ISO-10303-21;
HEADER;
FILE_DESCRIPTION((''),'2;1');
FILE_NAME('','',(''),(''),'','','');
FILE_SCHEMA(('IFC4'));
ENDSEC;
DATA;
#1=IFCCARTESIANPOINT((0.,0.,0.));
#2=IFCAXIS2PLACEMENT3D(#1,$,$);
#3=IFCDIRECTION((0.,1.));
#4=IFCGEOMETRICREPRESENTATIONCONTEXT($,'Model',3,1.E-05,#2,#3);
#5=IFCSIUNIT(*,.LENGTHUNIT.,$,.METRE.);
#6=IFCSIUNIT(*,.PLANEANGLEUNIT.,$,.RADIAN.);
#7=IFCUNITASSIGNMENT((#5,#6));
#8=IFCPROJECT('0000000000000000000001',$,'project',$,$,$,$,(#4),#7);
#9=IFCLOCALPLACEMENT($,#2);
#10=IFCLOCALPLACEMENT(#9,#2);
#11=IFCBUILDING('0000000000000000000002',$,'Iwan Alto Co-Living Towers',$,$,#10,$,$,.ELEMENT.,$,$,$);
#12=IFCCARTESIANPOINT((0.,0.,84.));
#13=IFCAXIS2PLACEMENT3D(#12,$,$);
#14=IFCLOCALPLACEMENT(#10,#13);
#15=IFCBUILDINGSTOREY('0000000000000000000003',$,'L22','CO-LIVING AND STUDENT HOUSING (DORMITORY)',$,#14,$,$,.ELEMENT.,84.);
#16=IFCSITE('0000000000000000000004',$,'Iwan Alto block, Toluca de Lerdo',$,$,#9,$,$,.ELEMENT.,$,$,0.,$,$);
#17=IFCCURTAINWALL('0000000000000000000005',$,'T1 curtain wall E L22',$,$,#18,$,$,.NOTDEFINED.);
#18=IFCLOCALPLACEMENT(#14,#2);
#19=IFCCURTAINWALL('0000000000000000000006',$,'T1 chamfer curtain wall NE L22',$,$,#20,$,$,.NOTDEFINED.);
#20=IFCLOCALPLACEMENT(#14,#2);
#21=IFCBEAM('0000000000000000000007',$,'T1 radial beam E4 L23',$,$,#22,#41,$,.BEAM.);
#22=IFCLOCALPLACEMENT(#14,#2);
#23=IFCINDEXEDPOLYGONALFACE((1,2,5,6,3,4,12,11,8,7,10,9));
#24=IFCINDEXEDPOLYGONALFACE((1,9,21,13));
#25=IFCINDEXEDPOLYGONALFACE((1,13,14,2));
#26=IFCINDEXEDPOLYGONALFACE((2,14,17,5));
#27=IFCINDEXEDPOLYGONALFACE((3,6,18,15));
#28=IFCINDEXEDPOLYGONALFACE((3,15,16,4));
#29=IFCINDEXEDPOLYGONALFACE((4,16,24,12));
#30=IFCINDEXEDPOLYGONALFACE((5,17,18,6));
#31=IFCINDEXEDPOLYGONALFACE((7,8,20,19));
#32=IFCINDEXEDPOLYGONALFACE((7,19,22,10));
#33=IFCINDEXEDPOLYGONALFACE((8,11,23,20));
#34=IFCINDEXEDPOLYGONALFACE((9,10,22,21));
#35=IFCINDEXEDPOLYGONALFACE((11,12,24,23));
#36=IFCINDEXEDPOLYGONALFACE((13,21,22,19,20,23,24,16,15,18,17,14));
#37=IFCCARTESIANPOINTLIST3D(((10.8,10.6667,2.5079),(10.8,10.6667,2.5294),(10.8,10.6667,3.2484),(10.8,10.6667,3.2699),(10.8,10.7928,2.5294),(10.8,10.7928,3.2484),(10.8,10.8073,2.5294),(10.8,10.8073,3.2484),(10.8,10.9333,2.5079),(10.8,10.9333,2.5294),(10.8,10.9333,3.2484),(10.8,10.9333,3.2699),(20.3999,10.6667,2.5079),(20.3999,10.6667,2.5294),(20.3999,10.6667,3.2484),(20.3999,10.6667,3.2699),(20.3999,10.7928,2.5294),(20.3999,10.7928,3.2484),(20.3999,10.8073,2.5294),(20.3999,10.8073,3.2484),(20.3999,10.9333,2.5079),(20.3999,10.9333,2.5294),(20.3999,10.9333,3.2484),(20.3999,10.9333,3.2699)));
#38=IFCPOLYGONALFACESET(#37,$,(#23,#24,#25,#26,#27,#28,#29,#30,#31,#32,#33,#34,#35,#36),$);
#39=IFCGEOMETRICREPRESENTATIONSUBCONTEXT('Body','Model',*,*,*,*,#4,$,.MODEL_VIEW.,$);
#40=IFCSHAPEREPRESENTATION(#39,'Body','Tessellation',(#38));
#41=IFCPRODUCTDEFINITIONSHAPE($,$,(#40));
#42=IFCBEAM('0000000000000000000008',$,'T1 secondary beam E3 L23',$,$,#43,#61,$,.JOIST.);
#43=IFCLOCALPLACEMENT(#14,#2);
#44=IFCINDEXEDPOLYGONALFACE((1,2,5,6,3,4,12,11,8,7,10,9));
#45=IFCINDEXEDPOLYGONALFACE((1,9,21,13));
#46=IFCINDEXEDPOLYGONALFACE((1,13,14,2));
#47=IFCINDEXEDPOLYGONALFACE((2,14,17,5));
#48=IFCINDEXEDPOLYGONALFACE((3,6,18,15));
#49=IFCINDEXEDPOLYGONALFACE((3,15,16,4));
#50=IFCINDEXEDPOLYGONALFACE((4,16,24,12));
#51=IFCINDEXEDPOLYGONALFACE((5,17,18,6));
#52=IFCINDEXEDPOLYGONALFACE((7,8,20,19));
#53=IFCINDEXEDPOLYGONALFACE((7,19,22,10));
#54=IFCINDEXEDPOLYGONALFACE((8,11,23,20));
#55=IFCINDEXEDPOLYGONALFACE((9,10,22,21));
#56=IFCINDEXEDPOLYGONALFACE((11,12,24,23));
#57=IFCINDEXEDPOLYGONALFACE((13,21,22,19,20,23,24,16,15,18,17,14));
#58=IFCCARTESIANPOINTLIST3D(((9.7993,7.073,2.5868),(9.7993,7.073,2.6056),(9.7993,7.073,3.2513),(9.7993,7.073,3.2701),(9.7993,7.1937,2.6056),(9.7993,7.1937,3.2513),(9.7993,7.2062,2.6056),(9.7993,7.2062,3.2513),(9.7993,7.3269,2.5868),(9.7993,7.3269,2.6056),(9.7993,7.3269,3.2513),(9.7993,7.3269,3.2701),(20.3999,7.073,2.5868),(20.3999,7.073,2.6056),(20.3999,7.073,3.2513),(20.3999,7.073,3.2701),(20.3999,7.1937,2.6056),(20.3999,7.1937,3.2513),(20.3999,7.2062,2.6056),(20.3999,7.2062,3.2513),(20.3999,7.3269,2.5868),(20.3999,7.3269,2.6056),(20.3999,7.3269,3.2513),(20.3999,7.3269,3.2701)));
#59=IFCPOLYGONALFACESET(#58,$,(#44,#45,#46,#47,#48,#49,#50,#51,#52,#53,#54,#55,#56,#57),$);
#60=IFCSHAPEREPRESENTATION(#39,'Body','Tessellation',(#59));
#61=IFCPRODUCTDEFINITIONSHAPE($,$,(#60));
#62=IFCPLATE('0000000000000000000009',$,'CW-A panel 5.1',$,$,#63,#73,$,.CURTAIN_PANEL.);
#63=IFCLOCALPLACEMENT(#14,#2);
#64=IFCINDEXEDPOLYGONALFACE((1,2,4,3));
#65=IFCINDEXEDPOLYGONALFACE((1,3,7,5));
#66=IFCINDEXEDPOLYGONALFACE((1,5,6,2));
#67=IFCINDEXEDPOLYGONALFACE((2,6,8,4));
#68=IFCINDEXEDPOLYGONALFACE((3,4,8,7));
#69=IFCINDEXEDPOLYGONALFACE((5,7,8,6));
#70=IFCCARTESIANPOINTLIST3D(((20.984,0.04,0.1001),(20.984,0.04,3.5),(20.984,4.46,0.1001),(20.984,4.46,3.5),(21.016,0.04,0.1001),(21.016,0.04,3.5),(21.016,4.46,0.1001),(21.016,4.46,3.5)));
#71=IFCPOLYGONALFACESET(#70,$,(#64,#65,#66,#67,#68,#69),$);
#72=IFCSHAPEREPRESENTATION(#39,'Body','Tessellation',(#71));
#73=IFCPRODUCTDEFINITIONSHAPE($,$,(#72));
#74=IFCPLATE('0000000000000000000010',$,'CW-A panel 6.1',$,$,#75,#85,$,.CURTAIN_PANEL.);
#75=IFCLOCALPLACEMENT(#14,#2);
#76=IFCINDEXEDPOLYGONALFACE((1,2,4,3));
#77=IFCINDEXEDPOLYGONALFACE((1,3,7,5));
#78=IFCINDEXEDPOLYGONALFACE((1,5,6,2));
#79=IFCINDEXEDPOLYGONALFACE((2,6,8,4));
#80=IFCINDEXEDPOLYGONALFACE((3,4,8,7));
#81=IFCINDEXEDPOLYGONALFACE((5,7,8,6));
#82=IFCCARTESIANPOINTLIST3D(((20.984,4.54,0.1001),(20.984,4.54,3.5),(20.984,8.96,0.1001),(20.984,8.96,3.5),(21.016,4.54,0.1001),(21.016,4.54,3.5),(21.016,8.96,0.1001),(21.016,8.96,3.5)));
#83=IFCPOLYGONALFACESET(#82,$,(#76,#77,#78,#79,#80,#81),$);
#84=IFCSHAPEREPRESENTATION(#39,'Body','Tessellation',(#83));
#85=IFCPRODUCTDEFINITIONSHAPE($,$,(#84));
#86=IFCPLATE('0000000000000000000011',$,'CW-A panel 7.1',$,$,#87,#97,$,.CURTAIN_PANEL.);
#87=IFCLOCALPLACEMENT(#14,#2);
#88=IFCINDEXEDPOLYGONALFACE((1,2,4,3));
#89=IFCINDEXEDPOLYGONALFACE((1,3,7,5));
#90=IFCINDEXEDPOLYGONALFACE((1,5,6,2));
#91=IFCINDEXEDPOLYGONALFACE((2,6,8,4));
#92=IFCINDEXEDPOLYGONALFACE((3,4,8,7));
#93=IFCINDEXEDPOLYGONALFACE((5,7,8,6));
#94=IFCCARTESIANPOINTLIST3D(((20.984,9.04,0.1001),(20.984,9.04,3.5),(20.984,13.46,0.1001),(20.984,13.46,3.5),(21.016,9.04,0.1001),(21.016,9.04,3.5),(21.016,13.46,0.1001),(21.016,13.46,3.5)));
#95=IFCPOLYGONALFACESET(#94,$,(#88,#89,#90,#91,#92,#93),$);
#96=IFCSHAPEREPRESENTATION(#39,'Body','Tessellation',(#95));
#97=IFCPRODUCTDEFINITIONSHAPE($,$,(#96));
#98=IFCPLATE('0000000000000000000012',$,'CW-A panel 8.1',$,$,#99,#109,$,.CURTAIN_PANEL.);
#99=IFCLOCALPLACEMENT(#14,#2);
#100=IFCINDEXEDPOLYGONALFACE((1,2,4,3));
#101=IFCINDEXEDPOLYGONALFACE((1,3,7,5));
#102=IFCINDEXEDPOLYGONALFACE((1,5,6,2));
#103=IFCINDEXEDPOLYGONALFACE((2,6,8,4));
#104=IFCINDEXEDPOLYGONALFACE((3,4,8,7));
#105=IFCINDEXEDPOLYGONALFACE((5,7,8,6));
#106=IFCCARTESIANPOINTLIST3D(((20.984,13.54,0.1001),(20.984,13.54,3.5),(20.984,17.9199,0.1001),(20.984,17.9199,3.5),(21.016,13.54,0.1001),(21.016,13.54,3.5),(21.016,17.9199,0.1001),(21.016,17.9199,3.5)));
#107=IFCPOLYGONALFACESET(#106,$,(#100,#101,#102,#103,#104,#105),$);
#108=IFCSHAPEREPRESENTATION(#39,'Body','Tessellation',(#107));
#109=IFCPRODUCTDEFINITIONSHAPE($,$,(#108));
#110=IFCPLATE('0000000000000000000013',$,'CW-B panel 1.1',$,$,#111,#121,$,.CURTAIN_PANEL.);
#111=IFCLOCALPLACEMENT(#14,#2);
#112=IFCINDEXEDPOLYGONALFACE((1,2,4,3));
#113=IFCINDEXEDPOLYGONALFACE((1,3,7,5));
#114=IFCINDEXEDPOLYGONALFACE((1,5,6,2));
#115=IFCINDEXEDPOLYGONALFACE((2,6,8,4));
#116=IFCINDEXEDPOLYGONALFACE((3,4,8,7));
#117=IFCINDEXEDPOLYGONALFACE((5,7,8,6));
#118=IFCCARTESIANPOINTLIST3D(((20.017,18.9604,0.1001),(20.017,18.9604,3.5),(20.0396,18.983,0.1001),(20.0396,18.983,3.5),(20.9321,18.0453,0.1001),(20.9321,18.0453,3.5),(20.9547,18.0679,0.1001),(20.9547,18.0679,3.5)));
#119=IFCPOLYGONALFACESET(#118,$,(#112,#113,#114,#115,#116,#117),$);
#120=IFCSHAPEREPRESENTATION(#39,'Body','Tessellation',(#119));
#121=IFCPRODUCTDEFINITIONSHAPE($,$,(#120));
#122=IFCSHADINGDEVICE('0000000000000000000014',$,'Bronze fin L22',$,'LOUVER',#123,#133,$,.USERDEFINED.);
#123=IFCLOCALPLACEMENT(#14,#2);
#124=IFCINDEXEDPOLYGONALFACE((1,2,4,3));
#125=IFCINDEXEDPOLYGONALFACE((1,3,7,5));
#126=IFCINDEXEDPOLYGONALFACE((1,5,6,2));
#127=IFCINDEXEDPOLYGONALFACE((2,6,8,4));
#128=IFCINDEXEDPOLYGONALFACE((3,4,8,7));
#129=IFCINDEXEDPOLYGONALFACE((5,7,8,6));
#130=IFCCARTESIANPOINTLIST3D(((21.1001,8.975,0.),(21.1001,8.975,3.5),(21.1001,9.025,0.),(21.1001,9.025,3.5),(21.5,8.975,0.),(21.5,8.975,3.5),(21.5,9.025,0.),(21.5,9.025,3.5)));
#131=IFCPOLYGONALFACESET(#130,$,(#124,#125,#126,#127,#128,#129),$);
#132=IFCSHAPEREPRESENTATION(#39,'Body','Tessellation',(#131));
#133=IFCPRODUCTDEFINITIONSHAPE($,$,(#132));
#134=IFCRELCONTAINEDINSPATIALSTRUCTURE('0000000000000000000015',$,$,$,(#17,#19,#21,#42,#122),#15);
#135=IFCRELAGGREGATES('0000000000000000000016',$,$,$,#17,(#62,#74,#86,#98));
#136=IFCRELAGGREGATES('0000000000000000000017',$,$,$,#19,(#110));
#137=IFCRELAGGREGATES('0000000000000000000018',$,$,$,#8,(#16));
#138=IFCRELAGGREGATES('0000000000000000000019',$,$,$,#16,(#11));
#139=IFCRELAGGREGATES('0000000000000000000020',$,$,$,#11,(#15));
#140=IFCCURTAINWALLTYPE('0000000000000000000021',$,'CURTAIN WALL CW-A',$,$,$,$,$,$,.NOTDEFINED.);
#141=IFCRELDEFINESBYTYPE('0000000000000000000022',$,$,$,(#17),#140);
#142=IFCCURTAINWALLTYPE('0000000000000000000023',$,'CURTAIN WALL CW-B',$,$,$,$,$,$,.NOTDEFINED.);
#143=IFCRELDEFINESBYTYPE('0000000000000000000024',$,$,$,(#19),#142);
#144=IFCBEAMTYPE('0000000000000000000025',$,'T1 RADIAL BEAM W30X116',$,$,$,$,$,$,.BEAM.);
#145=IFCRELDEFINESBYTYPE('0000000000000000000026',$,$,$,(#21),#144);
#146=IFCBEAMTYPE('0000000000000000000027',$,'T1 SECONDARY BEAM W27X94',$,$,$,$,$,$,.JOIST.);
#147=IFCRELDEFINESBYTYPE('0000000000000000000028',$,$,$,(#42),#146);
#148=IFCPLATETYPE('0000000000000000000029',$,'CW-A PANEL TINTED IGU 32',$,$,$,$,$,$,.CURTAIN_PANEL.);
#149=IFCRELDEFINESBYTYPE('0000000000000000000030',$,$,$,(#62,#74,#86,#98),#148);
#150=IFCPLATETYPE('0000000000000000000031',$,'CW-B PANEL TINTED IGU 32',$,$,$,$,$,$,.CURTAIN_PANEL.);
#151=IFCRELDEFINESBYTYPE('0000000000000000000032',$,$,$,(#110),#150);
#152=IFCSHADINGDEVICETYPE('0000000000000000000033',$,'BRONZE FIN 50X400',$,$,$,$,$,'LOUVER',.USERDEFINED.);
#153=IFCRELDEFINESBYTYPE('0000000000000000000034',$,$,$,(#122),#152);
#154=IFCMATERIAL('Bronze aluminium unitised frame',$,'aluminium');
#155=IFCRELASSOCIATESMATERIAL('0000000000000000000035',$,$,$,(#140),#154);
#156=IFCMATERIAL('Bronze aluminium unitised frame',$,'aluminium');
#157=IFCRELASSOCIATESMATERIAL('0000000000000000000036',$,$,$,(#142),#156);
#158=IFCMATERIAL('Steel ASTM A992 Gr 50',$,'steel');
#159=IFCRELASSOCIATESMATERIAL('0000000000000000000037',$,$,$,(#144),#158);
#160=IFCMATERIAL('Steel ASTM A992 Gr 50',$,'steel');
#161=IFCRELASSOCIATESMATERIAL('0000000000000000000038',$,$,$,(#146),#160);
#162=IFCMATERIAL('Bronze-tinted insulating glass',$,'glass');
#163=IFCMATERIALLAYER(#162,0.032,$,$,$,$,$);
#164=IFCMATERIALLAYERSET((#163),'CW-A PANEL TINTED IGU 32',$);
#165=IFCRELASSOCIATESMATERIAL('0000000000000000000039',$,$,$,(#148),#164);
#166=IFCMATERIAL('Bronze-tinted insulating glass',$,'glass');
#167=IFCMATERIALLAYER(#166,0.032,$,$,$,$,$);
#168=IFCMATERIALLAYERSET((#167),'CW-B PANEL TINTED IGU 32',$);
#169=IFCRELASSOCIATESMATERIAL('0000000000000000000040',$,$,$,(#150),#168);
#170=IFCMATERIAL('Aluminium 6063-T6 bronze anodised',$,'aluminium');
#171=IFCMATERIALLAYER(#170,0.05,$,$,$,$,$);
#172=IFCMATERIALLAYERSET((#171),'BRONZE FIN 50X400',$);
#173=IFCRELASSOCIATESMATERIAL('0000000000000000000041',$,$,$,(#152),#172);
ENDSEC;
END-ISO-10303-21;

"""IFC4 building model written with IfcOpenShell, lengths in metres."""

from ifc_helpers import new_model, si_unit, direction, frame, origin, origin_2d, place, context, subcontext, project, spatial, rectangle, i_section, extrude, material, layer, layer_set, material_profile, profile_set, type_object, element, aggregate, save


model = new_model("IFC4")

# Units and contexts
model_context = context("Model", 3, precision=1e-05, world=origin(), true_north=direction((0.0, 1.0)))
body_context = subcontext(model_context, "Body", "Model", "MODEL_VIEW")
ifc_project = project(units=[si_unit("LENGTHUNIT", "METRE"), si_unit("PLANEANGLEUNIT", "RADIAN")], contexts=[model_context])

# Site, building, storey
site_placement = place(None, origin())
site = spatial("IfcSite", under=ifc_project, at=site_placement, Name="Iwan Alto block, Toluca de Lerdo", CompositionType="ELEMENT", RefElevation=0.0)
building_placement = place(site_placement, origin())
building = spatial("IfcBuilding", under=site, at=building_placement, Name="Iwan Alto Co-Living Towers", CompositionType="ELEMENT")
storey_placement = place(building_placement, frame((0.0, 0.0, 84.0)))
storey = spatial("IfcBuildingStorey", under=building, at=storey_placement, Name="L22", Description="CO-LIVING AND STUDENT HOUSING (DORMITORY)", CompositionType="ELEMENT", Elevation=84.0)

# Curtain walls
ifc_material_1 = material(Name="Bronze aluminium unitised frame", Category="aluminium")
curtain_wall_type_1 = type_object("IfcCurtainWallType", Name="CURTAIN WALL CW-A", PredefinedType="NOTDEFINED", material=ifc_material_1)
curtain_wall_1_placement = place(storey_placement, origin())
curtain_wall_1 = element("IfcCurtainWall", 1, at=curtain_wall_1_placement, inside=storey, type_object=curtain_wall_type_1, Name="T1 curtain wall E L22", PredefinedType="NOTDEFINED")
ifc_material_2 = material(Name="Bronze aluminium unitised frame", Category="aluminium")
curtain_wall_type_2 = type_object("IfcCurtainWallType", Name="CURTAIN WALL CW-B", PredefinedType="NOTDEFINED", material=ifc_material_2)
curtain_wall_2_placement = place(storey_placement, origin())
curtain_wall_2 = element("IfcCurtainWall", 2, at=curtain_wall_2_placement, inside=storey, type_object=curtain_wall_type_2, Name="T1 chamfer curtain wall NE L22", PredefinedType="NOTDEFINED")

# Beams
ifc_material_3 = material(Name="Steel ASTM A992 Gr 50", Category="steel")
ifc_material_profile_1 = material_profile(ifc_material_3, i_section(OverallWidth=0.2666, OverallDepth=0.762, WebThickness=0.0144, FlangeThickness=0.0215, at=origin_2d()), Name="W30X116")
ifc_profile_set_1 = profile_set([ifc_material_profile_1], Name="Steel ASTM A992 Gr 50")
beam_type_1 = type_object("IfcBeamType", Name="T1 RADIAL BEAM W30X116", PredefinedType="BEAM", material=ifc_profile_set_1)
beam_1_placement = place(storey_placement, frame((20.3999, 10.8, 2.8889), z_axis=(-1.0, 0.0, 0.0), x_axis=(0.0, -1.0, 0.0)))
element("IfcBeam", 3, at=beam_1_placement, inside=storey, type_object=beam_type_1, Name="T1 radial beam E4 L23", PredefinedType="BEAM", context=body_context, shape_type="SweptSolid", body=[
    extrude(i_section(OverallWidth=0.2666, OverallDepth=0.762, WebThickness=0.0144, FlangeThickness=0.0215, at=origin_2d()), origin(), (0.0, 0.0, 1.0), 9.5999),
])
ifc_material_4 = material(Name="Steel ASTM A992 Gr 50", Category="steel")
ifc_material_profile_2 = material_profile(ifc_material_4, i_section(OverallWidth=0.2539, OverallDepth=0.6833, WebThickness=0.0125, FlangeThickness=0.0188, at=origin_2d()), Name="W27X94")
ifc_profile_set_2 = profile_set([ifc_material_profile_2], Name="Steel ASTM A992 Gr 50")
beam_type_2 = type_object("IfcBeamType", Name="T1 SECONDARY BEAM W27X94", PredefinedType="JOIST", material=ifc_profile_set_2)
beam_2_placement = place(storey_placement, frame((20.3999, 7.2, 2.9285), z_axis=(-1.0, 0.0, 0.0), x_axis=(0.0, -1.0, 0.0)))
element("IfcBeam", 4, at=beam_2_placement, inside=storey, type_object=beam_type_2, Name="T1 secondary beam E3 L23", PredefinedType="JOIST", context=body_context, shape_type="SweptSolid", body=[
    extrude(i_section(OverallWidth=0.2539, OverallDepth=0.6833, WebThickness=0.0125, FlangeThickness=0.0188, at=origin_2d()), origin(), (0.0, 0.0, 1.0), 10.6006),
])

# Plates
ifc_material_5 = material(Name="Bronze-tinted insulating glass", Category="glass")
ifc_layer_1 = layer(ifc_material_5, 0.032)
ifc_layer_set_1 = layer_set([ifc_layer_1], Name="CW-A PANEL TINTED IGU 32")
plate_type_1 = type_object("IfcPlateType", Name="CW-A PANEL TINTED IGU 32", PredefinedType="CURTAIN_PANEL", material=ifc_layer_set_1)
plate_1_placement = place(storey_placement, frame((21.0, 2.25, 0.1001), z_axis=(0.0, 0.0, 1.0), x_axis=(0.0, 1.0, 0.0)))
plate_1 = element("IfcPlate", 5, at=plate_1_placement, type_object=plate_type_1, Name="CW-A panel 5.1", PredefinedType="CURTAIN_PANEL", context=body_context, shape_type="SweptSolid", body=[
    extrude(rectangle(XDim=4.4199, YDim=0.032, at=origin_2d()), origin(), (0.0, 0.0, 1.0), 3.3999),
])
plate_2_placement = place(storey_placement, frame((21.0, 6.75, 0.1001), z_axis=(0.0, 0.0, 1.0), x_axis=(0.0, 1.0, 0.0)))
plate_2 = element("IfcPlate", 6, at=plate_2_placement, type_object=plate_type_1, Name="CW-A panel 6.1", PredefinedType="CURTAIN_PANEL", context=body_context, shape_type="SweptSolid", body=[
    extrude(rectangle(XDim=4.4199, YDim=0.032, at=origin_2d()), origin(), (0.0, 0.0, 1.0), 3.3999),
])
plate_3_placement = place(storey_placement, frame((21.0, 11.25, 0.1001), z_axis=(0.0, 0.0, 1.0), x_axis=(0.0, 1.0, 0.0)))
plate_3 = element("IfcPlate", 7, at=plate_3_placement, type_object=plate_type_1, Name="CW-A panel 7.1", PredefinedType="CURTAIN_PANEL", context=body_context, shape_type="SweptSolid", body=[
    extrude(rectangle(XDim=4.4199, YDim=0.032, at=origin_2d()), origin(), (0.0, 0.0, 1.0), 3.3999),
])
plate_4_placement = place(storey_placement, frame((21.0, 15.73, 0.1001), z_axis=(0.0, 0.0, 1.0), x_axis=(0.0, 1.0, 0.0)))
plate_4 = element("IfcPlate", 8, at=plate_4_placement, type_object=plate_type_1, Name="CW-A panel 8.1", PredefinedType="CURTAIN_PANEL", context=body_context, shape_type="SweptSolid", body=[
    extrude(rectangle(XDim=4.3799, YDim=0.032, at=origin_2d()), origin(), (0.0, 0.0, 1.0), 3.3999),
])
aggregate(curtain_wall_1, [plate_1, plate_2, plate_3, plate_4])
ifc_material_6 = material(Name="Bronze-tinted insulating glass", Category="glass")
ifc_layer_2 = layer(ifc_material_6, 0.032)
ifc_layer_set_2 = layer_set([ifc_layer_2], Name="CW-B PANEL TINTED IGU 32")
plate_type_2 = type_object("IfcPlateType", Name="CW-B PANEL TINTED IGU 32", PredefinedType="CURTAIN_PANEL", material=ifc_layer_set_2)
plate_5_placement = place(storey_placement, frame((20.4858, 18.5142, 0.1001), z_axis=(0.0, 0.0, 1.0), x_axis=(-0.707107, 0.707107, 0.0)))
plate_5 = element("IfcPlate", 9, at=plate_5_placement, type_object=plate_type_2, Name="CW-B panel 1.1", PredefinedType="CURTAIN_PANEL", context=body_context, shape_type="SweptSolid", body=[
    extrude(rectangle(XDim=1.2942, YDim=0.032, at=origin_2d()), origin(), (0.0, 0.0, 1.0), 3.3999),
])
aggregate(curtain_wall_2, [plate_5])

# Shading device
ifc_material_7 = material(Name="Aluminium 6063-T6 bronze anodised", Category="aluminium")
ifc_layer_3 = layer(ifc_material_7, 0.05)
ifc_layer_set_3 = layer_set([ifc_layer_3], Name="BRONZE FIN 50X400")
shading_device_type = type_object("IfcShadingDeviceType", Name="BRONZE FIN 50X400", ElementType="LOUVER", PredefinedType="USERDEFINED", material=ifc_layer_set_3)
shading_device_placement = place(storey_placement, frame((21.3, 9.0, 0.0), z_axis=(0.0, 0.0, 1.0), x_axis=(0.0, 1.0, 0.0)))
element("IfcShadingDevice", 10, at=shading_device_placement, inside=storey, type_object=shading_device_type, Name="Bronze fin L22", ObjectType="LOUVER", PredefinedType="USERDEFINED", context=body_context, shape_type="SweptSolid", body=[
    extrude(rectangle(XDim=0.05, YDim=0.3999, at=origin_2d()), origin(), (0.0, 0.0, 1.0), 3.5),
])

save(model, "model.ifc")
